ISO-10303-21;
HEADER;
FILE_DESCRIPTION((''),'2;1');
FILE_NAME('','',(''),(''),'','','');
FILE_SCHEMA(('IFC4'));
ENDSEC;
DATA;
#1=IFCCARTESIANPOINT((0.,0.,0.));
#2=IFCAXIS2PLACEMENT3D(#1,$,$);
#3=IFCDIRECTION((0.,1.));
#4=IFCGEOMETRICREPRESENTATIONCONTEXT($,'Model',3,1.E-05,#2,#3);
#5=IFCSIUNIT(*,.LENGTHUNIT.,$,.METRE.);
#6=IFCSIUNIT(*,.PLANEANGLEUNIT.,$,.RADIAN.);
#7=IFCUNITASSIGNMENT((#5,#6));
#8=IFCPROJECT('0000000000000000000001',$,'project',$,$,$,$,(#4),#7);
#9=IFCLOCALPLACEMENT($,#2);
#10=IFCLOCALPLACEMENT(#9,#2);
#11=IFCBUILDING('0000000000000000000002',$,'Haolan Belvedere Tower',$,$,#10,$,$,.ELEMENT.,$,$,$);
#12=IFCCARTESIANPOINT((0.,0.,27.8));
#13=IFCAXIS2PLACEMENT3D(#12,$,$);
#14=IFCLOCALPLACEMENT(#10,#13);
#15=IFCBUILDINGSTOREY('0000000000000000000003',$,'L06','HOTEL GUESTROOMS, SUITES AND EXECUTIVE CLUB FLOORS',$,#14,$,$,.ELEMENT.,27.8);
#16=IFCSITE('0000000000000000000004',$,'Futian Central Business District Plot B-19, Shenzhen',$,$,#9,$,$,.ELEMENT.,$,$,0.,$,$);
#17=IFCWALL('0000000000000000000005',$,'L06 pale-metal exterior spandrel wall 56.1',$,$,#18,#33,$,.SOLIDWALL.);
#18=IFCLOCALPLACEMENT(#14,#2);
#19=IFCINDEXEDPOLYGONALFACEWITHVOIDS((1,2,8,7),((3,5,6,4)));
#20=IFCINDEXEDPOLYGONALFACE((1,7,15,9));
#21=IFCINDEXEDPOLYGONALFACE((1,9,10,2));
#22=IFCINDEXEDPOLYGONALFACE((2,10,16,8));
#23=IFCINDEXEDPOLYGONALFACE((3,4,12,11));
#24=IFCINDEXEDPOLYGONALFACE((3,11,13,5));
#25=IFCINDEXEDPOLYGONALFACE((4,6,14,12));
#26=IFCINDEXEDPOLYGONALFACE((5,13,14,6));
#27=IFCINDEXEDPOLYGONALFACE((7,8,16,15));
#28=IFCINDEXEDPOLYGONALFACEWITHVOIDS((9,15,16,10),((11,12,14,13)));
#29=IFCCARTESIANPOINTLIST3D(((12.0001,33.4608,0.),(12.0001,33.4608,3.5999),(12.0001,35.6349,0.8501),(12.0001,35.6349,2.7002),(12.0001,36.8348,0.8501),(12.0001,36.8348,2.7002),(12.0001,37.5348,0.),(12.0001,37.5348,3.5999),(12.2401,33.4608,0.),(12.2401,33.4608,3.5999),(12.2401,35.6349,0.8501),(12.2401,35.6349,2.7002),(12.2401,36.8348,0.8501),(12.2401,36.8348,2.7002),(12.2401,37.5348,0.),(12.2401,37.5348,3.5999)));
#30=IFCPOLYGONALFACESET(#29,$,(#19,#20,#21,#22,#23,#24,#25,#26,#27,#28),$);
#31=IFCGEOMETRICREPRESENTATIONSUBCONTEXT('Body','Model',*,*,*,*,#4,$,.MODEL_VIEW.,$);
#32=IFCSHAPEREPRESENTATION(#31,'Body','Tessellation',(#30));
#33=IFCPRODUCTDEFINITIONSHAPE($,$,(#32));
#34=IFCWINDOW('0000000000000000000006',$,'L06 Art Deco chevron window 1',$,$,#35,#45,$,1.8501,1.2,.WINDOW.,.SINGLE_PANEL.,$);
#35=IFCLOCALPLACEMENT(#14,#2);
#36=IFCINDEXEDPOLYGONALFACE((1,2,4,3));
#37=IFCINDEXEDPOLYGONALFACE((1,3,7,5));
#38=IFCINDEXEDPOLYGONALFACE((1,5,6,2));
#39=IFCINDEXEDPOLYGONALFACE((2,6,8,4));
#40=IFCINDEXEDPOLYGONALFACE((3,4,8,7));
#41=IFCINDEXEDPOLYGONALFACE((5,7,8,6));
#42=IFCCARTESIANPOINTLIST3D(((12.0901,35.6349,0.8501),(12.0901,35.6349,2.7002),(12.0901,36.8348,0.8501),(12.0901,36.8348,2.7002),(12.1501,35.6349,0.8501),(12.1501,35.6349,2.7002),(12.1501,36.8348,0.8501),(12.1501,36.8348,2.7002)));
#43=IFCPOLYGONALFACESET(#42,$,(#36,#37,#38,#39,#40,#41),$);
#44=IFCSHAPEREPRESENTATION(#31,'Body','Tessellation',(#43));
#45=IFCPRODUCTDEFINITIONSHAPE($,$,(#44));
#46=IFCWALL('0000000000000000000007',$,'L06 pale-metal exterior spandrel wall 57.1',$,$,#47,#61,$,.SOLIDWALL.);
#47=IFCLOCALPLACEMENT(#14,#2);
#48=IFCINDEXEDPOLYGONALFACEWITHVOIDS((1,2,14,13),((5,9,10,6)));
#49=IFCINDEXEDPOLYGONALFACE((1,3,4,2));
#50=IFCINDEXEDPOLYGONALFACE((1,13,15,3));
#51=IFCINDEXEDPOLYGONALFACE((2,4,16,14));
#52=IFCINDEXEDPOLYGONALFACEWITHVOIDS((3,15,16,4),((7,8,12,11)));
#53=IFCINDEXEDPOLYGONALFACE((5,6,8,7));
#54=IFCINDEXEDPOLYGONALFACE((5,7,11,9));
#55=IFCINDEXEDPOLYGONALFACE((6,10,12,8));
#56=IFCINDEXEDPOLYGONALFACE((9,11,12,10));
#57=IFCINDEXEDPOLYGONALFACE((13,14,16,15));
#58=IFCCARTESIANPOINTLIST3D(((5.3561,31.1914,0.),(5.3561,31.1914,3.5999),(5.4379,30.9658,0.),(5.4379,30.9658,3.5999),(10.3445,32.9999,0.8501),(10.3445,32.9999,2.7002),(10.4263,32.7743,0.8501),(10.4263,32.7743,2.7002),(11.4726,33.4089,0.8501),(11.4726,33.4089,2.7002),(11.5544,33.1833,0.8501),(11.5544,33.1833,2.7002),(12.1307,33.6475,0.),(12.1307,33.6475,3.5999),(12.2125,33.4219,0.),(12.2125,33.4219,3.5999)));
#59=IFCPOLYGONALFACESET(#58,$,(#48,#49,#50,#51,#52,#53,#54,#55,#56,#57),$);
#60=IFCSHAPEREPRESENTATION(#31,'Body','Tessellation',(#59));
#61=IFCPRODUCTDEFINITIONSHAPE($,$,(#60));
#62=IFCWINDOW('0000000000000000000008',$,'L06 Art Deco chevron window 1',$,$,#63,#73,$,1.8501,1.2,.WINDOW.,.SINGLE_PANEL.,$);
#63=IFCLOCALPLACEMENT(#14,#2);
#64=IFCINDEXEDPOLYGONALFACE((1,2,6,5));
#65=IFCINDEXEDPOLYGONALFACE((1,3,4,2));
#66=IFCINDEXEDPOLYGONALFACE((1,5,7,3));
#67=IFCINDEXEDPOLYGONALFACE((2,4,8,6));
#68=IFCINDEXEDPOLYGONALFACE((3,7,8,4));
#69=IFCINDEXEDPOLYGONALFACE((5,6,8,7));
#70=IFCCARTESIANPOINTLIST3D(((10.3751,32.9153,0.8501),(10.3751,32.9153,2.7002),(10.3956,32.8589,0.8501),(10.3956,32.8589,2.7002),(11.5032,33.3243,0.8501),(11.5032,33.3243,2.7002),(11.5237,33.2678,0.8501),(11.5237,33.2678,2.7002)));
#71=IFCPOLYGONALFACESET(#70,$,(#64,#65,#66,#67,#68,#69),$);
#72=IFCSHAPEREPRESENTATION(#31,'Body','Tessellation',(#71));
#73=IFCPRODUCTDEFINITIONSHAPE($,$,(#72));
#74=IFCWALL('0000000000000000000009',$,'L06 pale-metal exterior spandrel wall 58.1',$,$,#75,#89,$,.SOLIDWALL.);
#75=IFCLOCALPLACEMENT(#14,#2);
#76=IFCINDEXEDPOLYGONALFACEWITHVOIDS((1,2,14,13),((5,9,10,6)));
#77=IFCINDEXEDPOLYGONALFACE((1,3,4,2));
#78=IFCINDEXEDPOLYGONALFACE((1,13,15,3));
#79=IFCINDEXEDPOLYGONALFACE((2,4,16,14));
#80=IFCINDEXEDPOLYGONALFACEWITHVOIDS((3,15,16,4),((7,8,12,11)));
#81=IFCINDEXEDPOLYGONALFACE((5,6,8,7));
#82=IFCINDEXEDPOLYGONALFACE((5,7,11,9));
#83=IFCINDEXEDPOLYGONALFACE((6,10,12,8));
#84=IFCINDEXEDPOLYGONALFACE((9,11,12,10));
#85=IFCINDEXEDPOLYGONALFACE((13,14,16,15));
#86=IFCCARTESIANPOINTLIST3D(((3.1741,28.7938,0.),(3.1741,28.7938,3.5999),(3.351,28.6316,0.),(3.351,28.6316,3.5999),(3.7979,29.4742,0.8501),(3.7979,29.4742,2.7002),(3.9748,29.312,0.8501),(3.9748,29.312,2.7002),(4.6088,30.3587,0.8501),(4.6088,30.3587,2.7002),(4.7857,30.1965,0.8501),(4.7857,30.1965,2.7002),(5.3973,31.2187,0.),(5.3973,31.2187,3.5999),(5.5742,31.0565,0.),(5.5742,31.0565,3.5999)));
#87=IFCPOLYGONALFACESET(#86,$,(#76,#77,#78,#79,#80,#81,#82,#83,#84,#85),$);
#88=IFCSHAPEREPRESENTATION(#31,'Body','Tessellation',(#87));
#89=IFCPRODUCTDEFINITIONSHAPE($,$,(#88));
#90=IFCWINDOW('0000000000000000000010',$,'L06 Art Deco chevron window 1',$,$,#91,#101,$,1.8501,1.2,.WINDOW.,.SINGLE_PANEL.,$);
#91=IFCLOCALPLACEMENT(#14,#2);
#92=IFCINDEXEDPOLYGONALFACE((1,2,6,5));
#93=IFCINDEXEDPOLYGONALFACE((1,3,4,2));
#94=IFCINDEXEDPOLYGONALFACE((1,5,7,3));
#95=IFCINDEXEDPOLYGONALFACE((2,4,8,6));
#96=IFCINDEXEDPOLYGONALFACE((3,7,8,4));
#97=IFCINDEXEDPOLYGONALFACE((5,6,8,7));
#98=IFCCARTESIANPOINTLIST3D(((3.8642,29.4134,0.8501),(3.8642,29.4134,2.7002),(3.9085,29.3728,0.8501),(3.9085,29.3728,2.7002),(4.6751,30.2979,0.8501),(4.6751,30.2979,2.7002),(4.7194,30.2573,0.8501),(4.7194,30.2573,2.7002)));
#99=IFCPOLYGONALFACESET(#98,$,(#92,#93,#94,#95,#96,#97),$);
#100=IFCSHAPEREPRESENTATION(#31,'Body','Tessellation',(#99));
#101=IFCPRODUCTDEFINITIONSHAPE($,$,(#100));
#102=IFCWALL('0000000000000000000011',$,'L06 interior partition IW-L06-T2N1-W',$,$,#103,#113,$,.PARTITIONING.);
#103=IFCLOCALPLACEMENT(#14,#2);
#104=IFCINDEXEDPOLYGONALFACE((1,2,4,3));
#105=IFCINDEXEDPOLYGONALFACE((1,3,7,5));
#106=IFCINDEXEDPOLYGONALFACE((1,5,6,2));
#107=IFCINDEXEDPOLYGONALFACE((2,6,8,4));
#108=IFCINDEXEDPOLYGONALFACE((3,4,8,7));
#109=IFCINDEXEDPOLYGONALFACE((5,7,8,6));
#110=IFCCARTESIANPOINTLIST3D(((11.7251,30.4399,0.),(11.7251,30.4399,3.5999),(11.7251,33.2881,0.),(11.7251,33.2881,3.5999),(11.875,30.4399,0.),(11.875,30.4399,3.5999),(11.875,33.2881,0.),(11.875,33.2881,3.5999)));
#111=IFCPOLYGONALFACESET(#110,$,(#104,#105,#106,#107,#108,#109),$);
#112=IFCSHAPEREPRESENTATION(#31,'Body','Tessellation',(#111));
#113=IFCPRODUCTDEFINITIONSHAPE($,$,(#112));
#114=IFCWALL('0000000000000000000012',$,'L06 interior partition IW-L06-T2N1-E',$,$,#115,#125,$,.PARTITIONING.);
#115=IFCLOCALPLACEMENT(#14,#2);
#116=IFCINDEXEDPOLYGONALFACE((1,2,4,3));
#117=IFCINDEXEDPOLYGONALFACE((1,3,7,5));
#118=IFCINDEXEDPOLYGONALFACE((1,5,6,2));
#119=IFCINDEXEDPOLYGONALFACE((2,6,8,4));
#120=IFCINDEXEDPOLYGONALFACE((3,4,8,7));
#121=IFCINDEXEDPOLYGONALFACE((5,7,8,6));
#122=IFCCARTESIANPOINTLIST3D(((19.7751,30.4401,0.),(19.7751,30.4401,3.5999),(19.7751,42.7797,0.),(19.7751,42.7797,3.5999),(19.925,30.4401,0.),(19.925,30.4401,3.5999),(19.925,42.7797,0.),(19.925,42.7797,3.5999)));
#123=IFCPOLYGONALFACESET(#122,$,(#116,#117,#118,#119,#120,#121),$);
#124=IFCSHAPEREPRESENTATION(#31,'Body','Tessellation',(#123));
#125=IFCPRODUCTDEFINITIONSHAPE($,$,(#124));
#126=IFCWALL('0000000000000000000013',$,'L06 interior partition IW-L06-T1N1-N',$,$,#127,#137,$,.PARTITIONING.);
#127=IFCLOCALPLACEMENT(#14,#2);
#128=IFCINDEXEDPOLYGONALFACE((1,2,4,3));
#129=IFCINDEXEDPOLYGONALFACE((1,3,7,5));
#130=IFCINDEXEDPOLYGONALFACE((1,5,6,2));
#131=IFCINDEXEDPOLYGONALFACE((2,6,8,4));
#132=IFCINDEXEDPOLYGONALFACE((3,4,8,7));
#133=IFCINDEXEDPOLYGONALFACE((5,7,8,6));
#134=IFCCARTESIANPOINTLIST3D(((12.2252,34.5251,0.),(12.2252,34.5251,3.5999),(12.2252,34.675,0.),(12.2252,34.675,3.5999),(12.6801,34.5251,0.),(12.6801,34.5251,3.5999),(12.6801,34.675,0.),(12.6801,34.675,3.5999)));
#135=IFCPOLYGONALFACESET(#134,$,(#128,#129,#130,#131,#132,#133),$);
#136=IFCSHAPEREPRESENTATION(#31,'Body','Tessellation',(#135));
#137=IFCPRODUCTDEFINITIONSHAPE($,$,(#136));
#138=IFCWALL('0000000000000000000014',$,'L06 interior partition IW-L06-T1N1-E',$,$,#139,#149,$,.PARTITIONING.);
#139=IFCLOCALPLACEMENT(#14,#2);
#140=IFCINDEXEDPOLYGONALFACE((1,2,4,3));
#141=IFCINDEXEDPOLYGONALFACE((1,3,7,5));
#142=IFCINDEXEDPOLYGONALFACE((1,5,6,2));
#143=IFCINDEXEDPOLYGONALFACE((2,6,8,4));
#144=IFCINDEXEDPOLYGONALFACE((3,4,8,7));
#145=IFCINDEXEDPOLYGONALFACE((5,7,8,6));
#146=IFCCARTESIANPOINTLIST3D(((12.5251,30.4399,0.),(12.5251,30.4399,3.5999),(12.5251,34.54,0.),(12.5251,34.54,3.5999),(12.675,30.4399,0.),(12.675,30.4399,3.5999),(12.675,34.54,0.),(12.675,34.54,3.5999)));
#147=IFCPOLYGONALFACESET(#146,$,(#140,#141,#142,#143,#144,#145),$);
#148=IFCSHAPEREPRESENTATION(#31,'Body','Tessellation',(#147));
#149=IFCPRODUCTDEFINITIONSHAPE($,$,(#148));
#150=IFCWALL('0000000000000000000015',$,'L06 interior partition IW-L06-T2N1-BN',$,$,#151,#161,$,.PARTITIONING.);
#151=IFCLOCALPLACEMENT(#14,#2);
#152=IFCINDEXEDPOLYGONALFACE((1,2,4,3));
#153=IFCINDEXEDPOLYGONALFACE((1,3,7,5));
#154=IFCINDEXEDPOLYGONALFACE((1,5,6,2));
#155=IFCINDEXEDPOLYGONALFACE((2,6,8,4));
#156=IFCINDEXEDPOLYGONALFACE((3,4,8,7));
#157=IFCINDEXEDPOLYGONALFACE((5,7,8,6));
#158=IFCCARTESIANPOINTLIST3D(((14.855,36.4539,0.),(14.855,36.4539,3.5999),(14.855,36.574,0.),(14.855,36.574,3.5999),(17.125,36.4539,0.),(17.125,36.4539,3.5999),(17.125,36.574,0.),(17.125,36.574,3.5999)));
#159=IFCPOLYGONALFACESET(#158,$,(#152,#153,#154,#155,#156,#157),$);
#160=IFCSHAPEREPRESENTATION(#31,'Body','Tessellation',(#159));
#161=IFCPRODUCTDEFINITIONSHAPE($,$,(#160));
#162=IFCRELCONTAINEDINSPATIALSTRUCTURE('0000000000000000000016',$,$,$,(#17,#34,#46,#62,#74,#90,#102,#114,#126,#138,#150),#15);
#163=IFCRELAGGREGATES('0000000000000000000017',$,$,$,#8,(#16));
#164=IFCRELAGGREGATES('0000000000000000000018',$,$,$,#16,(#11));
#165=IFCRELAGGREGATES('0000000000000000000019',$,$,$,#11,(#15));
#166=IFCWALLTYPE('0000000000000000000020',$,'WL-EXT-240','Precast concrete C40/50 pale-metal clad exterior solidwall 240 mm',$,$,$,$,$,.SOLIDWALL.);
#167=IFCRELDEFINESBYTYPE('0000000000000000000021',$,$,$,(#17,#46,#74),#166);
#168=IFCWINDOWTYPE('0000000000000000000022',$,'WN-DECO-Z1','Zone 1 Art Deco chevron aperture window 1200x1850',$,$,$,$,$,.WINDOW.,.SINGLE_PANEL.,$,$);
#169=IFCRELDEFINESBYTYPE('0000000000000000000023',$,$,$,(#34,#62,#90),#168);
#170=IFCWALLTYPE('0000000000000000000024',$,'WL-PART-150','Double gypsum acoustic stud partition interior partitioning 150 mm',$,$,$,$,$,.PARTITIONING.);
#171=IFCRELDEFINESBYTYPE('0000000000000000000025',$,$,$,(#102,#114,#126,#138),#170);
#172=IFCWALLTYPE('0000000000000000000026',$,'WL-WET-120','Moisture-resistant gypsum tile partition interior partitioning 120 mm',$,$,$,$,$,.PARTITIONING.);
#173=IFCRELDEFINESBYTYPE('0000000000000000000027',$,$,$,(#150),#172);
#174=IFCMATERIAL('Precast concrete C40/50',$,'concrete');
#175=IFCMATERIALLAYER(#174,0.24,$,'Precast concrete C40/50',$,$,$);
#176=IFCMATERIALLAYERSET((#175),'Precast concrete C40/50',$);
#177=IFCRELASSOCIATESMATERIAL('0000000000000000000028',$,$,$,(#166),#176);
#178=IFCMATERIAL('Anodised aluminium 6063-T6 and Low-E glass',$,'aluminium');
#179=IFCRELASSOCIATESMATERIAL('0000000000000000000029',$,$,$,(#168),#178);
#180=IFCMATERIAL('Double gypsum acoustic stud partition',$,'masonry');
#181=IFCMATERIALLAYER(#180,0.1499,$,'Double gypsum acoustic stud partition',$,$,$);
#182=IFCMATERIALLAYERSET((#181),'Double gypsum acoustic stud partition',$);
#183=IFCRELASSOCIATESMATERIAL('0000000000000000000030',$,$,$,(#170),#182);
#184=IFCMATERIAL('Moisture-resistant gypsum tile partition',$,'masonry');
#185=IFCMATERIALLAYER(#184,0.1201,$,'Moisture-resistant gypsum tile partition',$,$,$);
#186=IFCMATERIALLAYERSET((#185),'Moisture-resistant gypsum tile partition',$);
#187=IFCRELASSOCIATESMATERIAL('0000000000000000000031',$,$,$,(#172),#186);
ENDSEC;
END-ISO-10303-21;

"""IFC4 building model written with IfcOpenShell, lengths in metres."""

from ifc_helpers import new_model, si_unit, direction, frame, frame_2d, origin, place, context, subcontext, project, spatial, rectangle, extrude, material, layer, layer_set, type_object, element, fill, save


model = new_model("IFC4")

# Units and contexts
model_context = context("Model", 3, precision=1e-05, world=origin(), true_north=direction((0.0, 1.0)))
body_context = subcontext(model_context, "Body", "Model", "MODEL_VIEW")
ifc_project = project(units=[si_unit("LENGTHUNIT", "METRE"), si_unit("PLANEANGLEUNIT", "RADIAN")], contexts=[model_context])

# Site, building, storey
site_placement = place(None, origin())
site = spatial("IfcSite", under=ifc_project, at=site_placement, Name="Futian Central Business District Plot B-19, Shenzhen", CompositionType="ELEMENT", RefElevation=0.0)
building_placement = place(site_placement, origin())
building = spatial("IfcBuilding", under=site, at=building_placement, Name="Haolan Belvedere Tower", CompositionType="ELEMENT")
storey_placement = place(building_placement, frame((0.0, 0.0, 27.8)))
storey = spatial("IfcBuildingStorey", under=building, at=storey_placement, Name="L06", Description="HOTEL GUESTROOMS, SUITES AND EXECUTIVE CLUB FLOORS", CompositionType="ELEMENT", Elevation=27.8)

# Shared definitions
ifc_material_1 = material(Name="Precast concrete C40/50", Category="concrete")
ifc_layer_1 = layer(ifc_material_1, 0.24, Name="Precast concrete C40/50")
ifc_layer_set_1 = layer_set([ifc_layer_1], Name="Precast concrete C40/50")
wall_type_1 = type_object("IfcWallType", Name="WL-EXT-240", Description="Precast concrete C40/50 pale-metal clad exterior solidwall 240 mm", PredefinedType="SOLIDWALL", material=ifc_layer_set_1)

# Shared definitions
ifc_material_2 = material(Name="Anodised aluminium 6063-T6 and Low-E glass", Category="aluminium")
window_type = type_object("IfcWindowType", Name="WN-DECO-Z1", Description="Zone 1 Art Deco chevron aperture window 1200x1850", PartitioningType="SINGLE_PANEL", PredefinedType="WINDOW", material=ifc_material_2)

# Walls, openings, windows
wall_1_placement = place(storey_placement, frame((12.1201, 37.5349, 0.0), z_axis=(0.0, 0.0, 1.0), x_axis=(0.0, -1.0, 0.0)))
wall_1 = element("IfcWall", 1, at=wall_1_placement, inside=storey, type_object=wall_type_1, Name="L06 pale-metal exterior spandrel wall 56.1", PredefinedType="SOLIDWALL", context=body_context, shape_type="SweptSolid", body=[
    extrude(rectangle(XDim=4.074, YDim=0.24, at=frame_2d((2.0371, 0.0))), origin(), (0.0, 0.0, 1.0), 3.5999),
])
opening_1_placement = place(wall_1_placement, frame((0.7, 0.0, 0.8501)))
opening_1 = element("IfcOpeningElement", 2, at=opening_1_placement, cuts=wall_1, PredefinedType="OPENING", context=body_context, shape_type="SweptSolid", body=[
    extrude(rectangle(XDim=1.2, YDim=1.8501, at=frame_2d((0.6001, 0.925))), frame((0.0, 0.1299, 0.0), z_axis=(0.0, -1.0, 0.0), x_axis=(1.0, 0.0, 0.0)), (0.0, 0.0, 1.0), 0.26),
])
window_1_placement = place(opening_1_placement, origin())
window_1 = element("IfcWindow", 3, at=window_1_placement, inside=storey, type_object=window_type, Name="L06 Art Deco chevron window 1", OverallHeight=1.8501, OverallWidth=1.2, PartitioningType="SINGLE_PANEL", PredefinedType="WINDOW", context=body_context, shape_type="SweptSolid", body=[
    extrude(rectangle(XDim=1.2, YDim=1.8501, at=frame_2d((0.6001, 0.925))), frame((0.0, 0.03, 0.0), z_axis=(0.0, -1.0, 0.0), x_axis=(1.0, 0.0, 0.0)), (0.0, 0.0, 1.0), 0.0601),
])
fill(opening_1, window_1)
wall_2_placement = place(storey_placement, frame((12.1716, 33.5347, 0.0), z_axis=(0.0, 0.0, 1.0), x_axis=(-0.940125, -0.340829, 0.0)))
wall_2 = element("IfcWall", 4, at=wall_2_placement, inside=storey, type_object=wall_type_1, Name="L06 pale-metal exterior spandrel wall 57.1", PredefinedType="SOLIDWALL", context=body_context, shape_type="SweptSolid", body=[
    extrude(rectangle(XDim=7.2061, YDim=0.24, at=frame_2d((3.603, 0.0))), origin(), (0.0, 0.0, 1.0), 3.5999),
])
opening_2_placement = place(wall_2_placement, frame((0.7, 0.0, 0.8501)))
opening_2 = element("IfcOpeningElement", 5, at=opening_2_placement, cuts=wall_2, PredefinedType="OPENING", context=body_context, shape_type="SweptSolid", body=[
    extrude(rectangle(XDim=1.2, YDim=1.8501, at=frame_2d((0.6001, 0.925))), frame((0.0, 0.1299, 0.0), z_axis=(0.0, -1.0, 0.0), x_axis=(1.0, 0.0, 0.0)), (0.0, 0.0, 1.0), 0.26),
])
window_2_placement = place(opening_2_placement, origin())
window_2 = element("IfcWindow", 6, at=window_2_placement, inside=storey, type_object=window_type, Name="L06 Art Deco chevron window 1", OverallHeight=1.8501, OverallWidth=1.2, PartitioningType="SINGLE_PANEL", PredefinedType="WINDOW", context=body_context, shape_type="SweptSolid", body=[
    extrude(rectangle(XDim=1.2, YDim=1.8501, at=frame_2d((0.6001, 0.925))), frame((0.0, 0.03, 0.0), z_axis=(0.0, -1.0, 0.0), x_axis=(1.0, 0.0, 0.0)), (0.0, 0.0, 1.0), 0.0601),
])
fill(opening_2, window_2)
wall_3_placement = place(storey_placement, frame((5.4858, 31.1377, 0.0), z_axis=(0.0, 0.0, 1.0), x_axis=(-0.675792, -0.737093, 0.0)))
wall_3 = element("IfcWall", 7, at=wall_3_placement, inside=storey, type_object=wall_type_1, Name="L06 pale-metal exterior spandrel wall 58.1", PredefinedType="SOLIDWALL", context=body_context, shape_type="SweptSolid", body=[
    extrude(rectangle(XDim=3.2898, YDim=0.24, at=frame_2d((1.645, 0.0))), origin(), (0.0, 0.0, 1.0), 3.5999),
])
opening_3_placement = place(wall_3_placement, frame((1.1667, 0.0, 0.8501)))
opening_3 = element("IfcOpeningElement", 8, at=opening_3_placement, cuts=wall_3, PredefinedType="OPENING", context=body_context, shape_type="SweptSolid", body=[
    extrude(rectangle(XDim=1.2, YDim=1.8501, at=frame_2d((0.6001, 0.925))), frame((0.0, 0.1299, 0.0), z_axis=(0.0, -1.0, 0.0), x_axis=(1.0, 0.0, 0.0)), (0.0, 0.0, 1.0), 0.26),
])
window_3_placement = place(opening_3_placement, origin())
window_3 = element("IfcWindow", 9, at=window_3_placement, inside=storey, type_object=window_type, Name="L06 Art Deco chevron window 1", OverallHeight=1.8501, OverallWidth=1.2, PartitioningType="SINGLE_PANEL", PredefinedType="WINDOW", context=body_context, shape_type="SweptSolid", body=[
    extrude(rectangle(XDim=1.2, YDim=1.8501, at=frame_2d((0.6001, 0.925))), frame((0.0, 0.03, 0.0), z_axis=(0.0, -1.0, 0.0), x_axis=(1.0, 0.0, 0.0)), (0.0, 0.0, 1.0), 0.0601),
])
fill(opening_3, window_3)

# Walls
ifc_material_3 = material(Name="Double gypsum acoustic stud partition", Category="masonry")
ifc_layer_2 = layer(ifc_material_3, 0.1499, Name="Double gypsum acoustic stud partition")
ifc_layer_set_2 = layer_set([ifc_layer_2], Name="Double gypsum acoustic stud partition")
wall_type_2 = type_object("IfcWallType", Name="WL-PART-150", Description="Double gypsum acoustic stud partition interior partitioning 150 mm", PredefinedType="PARTITIONING", material=ifc_layer_set_2)
wall_4_placement = place(storey_placement, frame((11.8, 30.4399, 0.0), z_axis=(0.0, 0.0, 1.0), x_axis=(0.0, 1.0, 0.0)))
element("IfcWall", 10, at=wall_4_placement, inside=storey, type_object=wall_type_2, Name="L06 interior partition IW-L06-T2N1-W", PredefinedType="PARTITIONING", context=body_context, shape_type="SweptSolid", body=[
    extrude(rectangle(XDim=2.8481, YDim=0.1499, at=frame_2d((1.4241, 0.0))), origin(), (0.0, 0.0, 1.0), 3.5999),
])
wall_5_placement = place(storey_placement, frame((19.8501, 30.4399, 0.0), z_axis=(0.0, 0.0, 1.0), x_axis=(0.0, 1.0, 0.0)))
element("IfcWall", 11, at=wall_5_placement, inside=storey, type_object=wall_type_2, Name="L06 interior partition IW-L06-T2N1-E", PredefinedType="PARTITIONING", context=body_context, shape_type="SweptSolid", body=[
    extrude(rectangle(XDim=12.3396, YDim=0.1499, at=frame_2d((6.1699, 0.0))), origin(), (0.0, 0.0, 1.0), 3.5999),
])
wall_6_placement = place(storey_placement, frame((12.2251, 34.6001, 0.0), z_axis=(0.0, 0.0, 1.0), x_axis=(1.0, 0.0, 0.0)))
element("IfcWall", 12, at=wall_6_placement, inside=storey, type_object=wall_type_2, Name="L06 interior partition IW-L06-T1N1-N", PredefinedType="PARTITIONING", context=body_context, shape_type="SweptSolid", body=[
    extrude(rectangle(XDim=0.4548, YDim=0.1499, at=frame_2d((0.2275, 0.0))), origin(), (0.0, 0.0, 1.0), 3.5999),
])
wall_7_placement = place(storey_placement, frame((12.6001, 30.4399, 0.0), z_axis=(0.0, 0.0, 1.0), x_axis=(0.0, 1.0, 0.0)))
element("IfcWall", 13, at=wall_7_placement, inside=storey, type_object=wall_type_2, Name="L06 interior partition IW-L06-T1N1-E", PredefinedType="PARTITIONING", context=body_context, shape_type="SweptSolid", body=[
    extrude(rectangle(XDim=4.1001, YDim=0.1499, at=frame_2d((2.05, 0.0))), origin(), (0.0, 0.0, 1.0), 3.5999),
])
ifc_material_4 = material(Name="Moisture-resistant gypsum tile partition", Category="masonry")
ifc_layer_3 = layer(ifc_material_4, 0.1201, Name="Moisture-resistant gypsum tile partition")
ifc_layer_set_3 = layer_set([ifc_layer_3], Name="Moisture-resistant gypsum tile partition")
wall_type_3 = type_object("IfcWallType", Name="WL-WET-120", Description="Moisture-resistant gypsum tile partition interior partitioning 120 mm", PredefinedType="PARTITIONING", material=ifc_layer_set_3)
wall_8_placement = place(storey_placement, frame((14.855, 36.5139, 0.0), z_axis=(0.0, 0.0, 1.0), x_axis=(1.0, 0.0, 0.0)))
element("IfcWall", 14, at=wall_8_placement, inside=storey, type_object=wall_type_3, Name="L06 interior partition IW-L06-T2N1-BN", PredefinedType="PARTITIONING", context=body_context, shape_type="SweptSolid", body=[
    extrude(rectangle(XDim=2.27, YDim=0.1201, at=frame_2d((1.135, 0.0))), origin(), (0.0, 0.0, 1.0), 3.5999),
])

save(model, "model.ifc")
